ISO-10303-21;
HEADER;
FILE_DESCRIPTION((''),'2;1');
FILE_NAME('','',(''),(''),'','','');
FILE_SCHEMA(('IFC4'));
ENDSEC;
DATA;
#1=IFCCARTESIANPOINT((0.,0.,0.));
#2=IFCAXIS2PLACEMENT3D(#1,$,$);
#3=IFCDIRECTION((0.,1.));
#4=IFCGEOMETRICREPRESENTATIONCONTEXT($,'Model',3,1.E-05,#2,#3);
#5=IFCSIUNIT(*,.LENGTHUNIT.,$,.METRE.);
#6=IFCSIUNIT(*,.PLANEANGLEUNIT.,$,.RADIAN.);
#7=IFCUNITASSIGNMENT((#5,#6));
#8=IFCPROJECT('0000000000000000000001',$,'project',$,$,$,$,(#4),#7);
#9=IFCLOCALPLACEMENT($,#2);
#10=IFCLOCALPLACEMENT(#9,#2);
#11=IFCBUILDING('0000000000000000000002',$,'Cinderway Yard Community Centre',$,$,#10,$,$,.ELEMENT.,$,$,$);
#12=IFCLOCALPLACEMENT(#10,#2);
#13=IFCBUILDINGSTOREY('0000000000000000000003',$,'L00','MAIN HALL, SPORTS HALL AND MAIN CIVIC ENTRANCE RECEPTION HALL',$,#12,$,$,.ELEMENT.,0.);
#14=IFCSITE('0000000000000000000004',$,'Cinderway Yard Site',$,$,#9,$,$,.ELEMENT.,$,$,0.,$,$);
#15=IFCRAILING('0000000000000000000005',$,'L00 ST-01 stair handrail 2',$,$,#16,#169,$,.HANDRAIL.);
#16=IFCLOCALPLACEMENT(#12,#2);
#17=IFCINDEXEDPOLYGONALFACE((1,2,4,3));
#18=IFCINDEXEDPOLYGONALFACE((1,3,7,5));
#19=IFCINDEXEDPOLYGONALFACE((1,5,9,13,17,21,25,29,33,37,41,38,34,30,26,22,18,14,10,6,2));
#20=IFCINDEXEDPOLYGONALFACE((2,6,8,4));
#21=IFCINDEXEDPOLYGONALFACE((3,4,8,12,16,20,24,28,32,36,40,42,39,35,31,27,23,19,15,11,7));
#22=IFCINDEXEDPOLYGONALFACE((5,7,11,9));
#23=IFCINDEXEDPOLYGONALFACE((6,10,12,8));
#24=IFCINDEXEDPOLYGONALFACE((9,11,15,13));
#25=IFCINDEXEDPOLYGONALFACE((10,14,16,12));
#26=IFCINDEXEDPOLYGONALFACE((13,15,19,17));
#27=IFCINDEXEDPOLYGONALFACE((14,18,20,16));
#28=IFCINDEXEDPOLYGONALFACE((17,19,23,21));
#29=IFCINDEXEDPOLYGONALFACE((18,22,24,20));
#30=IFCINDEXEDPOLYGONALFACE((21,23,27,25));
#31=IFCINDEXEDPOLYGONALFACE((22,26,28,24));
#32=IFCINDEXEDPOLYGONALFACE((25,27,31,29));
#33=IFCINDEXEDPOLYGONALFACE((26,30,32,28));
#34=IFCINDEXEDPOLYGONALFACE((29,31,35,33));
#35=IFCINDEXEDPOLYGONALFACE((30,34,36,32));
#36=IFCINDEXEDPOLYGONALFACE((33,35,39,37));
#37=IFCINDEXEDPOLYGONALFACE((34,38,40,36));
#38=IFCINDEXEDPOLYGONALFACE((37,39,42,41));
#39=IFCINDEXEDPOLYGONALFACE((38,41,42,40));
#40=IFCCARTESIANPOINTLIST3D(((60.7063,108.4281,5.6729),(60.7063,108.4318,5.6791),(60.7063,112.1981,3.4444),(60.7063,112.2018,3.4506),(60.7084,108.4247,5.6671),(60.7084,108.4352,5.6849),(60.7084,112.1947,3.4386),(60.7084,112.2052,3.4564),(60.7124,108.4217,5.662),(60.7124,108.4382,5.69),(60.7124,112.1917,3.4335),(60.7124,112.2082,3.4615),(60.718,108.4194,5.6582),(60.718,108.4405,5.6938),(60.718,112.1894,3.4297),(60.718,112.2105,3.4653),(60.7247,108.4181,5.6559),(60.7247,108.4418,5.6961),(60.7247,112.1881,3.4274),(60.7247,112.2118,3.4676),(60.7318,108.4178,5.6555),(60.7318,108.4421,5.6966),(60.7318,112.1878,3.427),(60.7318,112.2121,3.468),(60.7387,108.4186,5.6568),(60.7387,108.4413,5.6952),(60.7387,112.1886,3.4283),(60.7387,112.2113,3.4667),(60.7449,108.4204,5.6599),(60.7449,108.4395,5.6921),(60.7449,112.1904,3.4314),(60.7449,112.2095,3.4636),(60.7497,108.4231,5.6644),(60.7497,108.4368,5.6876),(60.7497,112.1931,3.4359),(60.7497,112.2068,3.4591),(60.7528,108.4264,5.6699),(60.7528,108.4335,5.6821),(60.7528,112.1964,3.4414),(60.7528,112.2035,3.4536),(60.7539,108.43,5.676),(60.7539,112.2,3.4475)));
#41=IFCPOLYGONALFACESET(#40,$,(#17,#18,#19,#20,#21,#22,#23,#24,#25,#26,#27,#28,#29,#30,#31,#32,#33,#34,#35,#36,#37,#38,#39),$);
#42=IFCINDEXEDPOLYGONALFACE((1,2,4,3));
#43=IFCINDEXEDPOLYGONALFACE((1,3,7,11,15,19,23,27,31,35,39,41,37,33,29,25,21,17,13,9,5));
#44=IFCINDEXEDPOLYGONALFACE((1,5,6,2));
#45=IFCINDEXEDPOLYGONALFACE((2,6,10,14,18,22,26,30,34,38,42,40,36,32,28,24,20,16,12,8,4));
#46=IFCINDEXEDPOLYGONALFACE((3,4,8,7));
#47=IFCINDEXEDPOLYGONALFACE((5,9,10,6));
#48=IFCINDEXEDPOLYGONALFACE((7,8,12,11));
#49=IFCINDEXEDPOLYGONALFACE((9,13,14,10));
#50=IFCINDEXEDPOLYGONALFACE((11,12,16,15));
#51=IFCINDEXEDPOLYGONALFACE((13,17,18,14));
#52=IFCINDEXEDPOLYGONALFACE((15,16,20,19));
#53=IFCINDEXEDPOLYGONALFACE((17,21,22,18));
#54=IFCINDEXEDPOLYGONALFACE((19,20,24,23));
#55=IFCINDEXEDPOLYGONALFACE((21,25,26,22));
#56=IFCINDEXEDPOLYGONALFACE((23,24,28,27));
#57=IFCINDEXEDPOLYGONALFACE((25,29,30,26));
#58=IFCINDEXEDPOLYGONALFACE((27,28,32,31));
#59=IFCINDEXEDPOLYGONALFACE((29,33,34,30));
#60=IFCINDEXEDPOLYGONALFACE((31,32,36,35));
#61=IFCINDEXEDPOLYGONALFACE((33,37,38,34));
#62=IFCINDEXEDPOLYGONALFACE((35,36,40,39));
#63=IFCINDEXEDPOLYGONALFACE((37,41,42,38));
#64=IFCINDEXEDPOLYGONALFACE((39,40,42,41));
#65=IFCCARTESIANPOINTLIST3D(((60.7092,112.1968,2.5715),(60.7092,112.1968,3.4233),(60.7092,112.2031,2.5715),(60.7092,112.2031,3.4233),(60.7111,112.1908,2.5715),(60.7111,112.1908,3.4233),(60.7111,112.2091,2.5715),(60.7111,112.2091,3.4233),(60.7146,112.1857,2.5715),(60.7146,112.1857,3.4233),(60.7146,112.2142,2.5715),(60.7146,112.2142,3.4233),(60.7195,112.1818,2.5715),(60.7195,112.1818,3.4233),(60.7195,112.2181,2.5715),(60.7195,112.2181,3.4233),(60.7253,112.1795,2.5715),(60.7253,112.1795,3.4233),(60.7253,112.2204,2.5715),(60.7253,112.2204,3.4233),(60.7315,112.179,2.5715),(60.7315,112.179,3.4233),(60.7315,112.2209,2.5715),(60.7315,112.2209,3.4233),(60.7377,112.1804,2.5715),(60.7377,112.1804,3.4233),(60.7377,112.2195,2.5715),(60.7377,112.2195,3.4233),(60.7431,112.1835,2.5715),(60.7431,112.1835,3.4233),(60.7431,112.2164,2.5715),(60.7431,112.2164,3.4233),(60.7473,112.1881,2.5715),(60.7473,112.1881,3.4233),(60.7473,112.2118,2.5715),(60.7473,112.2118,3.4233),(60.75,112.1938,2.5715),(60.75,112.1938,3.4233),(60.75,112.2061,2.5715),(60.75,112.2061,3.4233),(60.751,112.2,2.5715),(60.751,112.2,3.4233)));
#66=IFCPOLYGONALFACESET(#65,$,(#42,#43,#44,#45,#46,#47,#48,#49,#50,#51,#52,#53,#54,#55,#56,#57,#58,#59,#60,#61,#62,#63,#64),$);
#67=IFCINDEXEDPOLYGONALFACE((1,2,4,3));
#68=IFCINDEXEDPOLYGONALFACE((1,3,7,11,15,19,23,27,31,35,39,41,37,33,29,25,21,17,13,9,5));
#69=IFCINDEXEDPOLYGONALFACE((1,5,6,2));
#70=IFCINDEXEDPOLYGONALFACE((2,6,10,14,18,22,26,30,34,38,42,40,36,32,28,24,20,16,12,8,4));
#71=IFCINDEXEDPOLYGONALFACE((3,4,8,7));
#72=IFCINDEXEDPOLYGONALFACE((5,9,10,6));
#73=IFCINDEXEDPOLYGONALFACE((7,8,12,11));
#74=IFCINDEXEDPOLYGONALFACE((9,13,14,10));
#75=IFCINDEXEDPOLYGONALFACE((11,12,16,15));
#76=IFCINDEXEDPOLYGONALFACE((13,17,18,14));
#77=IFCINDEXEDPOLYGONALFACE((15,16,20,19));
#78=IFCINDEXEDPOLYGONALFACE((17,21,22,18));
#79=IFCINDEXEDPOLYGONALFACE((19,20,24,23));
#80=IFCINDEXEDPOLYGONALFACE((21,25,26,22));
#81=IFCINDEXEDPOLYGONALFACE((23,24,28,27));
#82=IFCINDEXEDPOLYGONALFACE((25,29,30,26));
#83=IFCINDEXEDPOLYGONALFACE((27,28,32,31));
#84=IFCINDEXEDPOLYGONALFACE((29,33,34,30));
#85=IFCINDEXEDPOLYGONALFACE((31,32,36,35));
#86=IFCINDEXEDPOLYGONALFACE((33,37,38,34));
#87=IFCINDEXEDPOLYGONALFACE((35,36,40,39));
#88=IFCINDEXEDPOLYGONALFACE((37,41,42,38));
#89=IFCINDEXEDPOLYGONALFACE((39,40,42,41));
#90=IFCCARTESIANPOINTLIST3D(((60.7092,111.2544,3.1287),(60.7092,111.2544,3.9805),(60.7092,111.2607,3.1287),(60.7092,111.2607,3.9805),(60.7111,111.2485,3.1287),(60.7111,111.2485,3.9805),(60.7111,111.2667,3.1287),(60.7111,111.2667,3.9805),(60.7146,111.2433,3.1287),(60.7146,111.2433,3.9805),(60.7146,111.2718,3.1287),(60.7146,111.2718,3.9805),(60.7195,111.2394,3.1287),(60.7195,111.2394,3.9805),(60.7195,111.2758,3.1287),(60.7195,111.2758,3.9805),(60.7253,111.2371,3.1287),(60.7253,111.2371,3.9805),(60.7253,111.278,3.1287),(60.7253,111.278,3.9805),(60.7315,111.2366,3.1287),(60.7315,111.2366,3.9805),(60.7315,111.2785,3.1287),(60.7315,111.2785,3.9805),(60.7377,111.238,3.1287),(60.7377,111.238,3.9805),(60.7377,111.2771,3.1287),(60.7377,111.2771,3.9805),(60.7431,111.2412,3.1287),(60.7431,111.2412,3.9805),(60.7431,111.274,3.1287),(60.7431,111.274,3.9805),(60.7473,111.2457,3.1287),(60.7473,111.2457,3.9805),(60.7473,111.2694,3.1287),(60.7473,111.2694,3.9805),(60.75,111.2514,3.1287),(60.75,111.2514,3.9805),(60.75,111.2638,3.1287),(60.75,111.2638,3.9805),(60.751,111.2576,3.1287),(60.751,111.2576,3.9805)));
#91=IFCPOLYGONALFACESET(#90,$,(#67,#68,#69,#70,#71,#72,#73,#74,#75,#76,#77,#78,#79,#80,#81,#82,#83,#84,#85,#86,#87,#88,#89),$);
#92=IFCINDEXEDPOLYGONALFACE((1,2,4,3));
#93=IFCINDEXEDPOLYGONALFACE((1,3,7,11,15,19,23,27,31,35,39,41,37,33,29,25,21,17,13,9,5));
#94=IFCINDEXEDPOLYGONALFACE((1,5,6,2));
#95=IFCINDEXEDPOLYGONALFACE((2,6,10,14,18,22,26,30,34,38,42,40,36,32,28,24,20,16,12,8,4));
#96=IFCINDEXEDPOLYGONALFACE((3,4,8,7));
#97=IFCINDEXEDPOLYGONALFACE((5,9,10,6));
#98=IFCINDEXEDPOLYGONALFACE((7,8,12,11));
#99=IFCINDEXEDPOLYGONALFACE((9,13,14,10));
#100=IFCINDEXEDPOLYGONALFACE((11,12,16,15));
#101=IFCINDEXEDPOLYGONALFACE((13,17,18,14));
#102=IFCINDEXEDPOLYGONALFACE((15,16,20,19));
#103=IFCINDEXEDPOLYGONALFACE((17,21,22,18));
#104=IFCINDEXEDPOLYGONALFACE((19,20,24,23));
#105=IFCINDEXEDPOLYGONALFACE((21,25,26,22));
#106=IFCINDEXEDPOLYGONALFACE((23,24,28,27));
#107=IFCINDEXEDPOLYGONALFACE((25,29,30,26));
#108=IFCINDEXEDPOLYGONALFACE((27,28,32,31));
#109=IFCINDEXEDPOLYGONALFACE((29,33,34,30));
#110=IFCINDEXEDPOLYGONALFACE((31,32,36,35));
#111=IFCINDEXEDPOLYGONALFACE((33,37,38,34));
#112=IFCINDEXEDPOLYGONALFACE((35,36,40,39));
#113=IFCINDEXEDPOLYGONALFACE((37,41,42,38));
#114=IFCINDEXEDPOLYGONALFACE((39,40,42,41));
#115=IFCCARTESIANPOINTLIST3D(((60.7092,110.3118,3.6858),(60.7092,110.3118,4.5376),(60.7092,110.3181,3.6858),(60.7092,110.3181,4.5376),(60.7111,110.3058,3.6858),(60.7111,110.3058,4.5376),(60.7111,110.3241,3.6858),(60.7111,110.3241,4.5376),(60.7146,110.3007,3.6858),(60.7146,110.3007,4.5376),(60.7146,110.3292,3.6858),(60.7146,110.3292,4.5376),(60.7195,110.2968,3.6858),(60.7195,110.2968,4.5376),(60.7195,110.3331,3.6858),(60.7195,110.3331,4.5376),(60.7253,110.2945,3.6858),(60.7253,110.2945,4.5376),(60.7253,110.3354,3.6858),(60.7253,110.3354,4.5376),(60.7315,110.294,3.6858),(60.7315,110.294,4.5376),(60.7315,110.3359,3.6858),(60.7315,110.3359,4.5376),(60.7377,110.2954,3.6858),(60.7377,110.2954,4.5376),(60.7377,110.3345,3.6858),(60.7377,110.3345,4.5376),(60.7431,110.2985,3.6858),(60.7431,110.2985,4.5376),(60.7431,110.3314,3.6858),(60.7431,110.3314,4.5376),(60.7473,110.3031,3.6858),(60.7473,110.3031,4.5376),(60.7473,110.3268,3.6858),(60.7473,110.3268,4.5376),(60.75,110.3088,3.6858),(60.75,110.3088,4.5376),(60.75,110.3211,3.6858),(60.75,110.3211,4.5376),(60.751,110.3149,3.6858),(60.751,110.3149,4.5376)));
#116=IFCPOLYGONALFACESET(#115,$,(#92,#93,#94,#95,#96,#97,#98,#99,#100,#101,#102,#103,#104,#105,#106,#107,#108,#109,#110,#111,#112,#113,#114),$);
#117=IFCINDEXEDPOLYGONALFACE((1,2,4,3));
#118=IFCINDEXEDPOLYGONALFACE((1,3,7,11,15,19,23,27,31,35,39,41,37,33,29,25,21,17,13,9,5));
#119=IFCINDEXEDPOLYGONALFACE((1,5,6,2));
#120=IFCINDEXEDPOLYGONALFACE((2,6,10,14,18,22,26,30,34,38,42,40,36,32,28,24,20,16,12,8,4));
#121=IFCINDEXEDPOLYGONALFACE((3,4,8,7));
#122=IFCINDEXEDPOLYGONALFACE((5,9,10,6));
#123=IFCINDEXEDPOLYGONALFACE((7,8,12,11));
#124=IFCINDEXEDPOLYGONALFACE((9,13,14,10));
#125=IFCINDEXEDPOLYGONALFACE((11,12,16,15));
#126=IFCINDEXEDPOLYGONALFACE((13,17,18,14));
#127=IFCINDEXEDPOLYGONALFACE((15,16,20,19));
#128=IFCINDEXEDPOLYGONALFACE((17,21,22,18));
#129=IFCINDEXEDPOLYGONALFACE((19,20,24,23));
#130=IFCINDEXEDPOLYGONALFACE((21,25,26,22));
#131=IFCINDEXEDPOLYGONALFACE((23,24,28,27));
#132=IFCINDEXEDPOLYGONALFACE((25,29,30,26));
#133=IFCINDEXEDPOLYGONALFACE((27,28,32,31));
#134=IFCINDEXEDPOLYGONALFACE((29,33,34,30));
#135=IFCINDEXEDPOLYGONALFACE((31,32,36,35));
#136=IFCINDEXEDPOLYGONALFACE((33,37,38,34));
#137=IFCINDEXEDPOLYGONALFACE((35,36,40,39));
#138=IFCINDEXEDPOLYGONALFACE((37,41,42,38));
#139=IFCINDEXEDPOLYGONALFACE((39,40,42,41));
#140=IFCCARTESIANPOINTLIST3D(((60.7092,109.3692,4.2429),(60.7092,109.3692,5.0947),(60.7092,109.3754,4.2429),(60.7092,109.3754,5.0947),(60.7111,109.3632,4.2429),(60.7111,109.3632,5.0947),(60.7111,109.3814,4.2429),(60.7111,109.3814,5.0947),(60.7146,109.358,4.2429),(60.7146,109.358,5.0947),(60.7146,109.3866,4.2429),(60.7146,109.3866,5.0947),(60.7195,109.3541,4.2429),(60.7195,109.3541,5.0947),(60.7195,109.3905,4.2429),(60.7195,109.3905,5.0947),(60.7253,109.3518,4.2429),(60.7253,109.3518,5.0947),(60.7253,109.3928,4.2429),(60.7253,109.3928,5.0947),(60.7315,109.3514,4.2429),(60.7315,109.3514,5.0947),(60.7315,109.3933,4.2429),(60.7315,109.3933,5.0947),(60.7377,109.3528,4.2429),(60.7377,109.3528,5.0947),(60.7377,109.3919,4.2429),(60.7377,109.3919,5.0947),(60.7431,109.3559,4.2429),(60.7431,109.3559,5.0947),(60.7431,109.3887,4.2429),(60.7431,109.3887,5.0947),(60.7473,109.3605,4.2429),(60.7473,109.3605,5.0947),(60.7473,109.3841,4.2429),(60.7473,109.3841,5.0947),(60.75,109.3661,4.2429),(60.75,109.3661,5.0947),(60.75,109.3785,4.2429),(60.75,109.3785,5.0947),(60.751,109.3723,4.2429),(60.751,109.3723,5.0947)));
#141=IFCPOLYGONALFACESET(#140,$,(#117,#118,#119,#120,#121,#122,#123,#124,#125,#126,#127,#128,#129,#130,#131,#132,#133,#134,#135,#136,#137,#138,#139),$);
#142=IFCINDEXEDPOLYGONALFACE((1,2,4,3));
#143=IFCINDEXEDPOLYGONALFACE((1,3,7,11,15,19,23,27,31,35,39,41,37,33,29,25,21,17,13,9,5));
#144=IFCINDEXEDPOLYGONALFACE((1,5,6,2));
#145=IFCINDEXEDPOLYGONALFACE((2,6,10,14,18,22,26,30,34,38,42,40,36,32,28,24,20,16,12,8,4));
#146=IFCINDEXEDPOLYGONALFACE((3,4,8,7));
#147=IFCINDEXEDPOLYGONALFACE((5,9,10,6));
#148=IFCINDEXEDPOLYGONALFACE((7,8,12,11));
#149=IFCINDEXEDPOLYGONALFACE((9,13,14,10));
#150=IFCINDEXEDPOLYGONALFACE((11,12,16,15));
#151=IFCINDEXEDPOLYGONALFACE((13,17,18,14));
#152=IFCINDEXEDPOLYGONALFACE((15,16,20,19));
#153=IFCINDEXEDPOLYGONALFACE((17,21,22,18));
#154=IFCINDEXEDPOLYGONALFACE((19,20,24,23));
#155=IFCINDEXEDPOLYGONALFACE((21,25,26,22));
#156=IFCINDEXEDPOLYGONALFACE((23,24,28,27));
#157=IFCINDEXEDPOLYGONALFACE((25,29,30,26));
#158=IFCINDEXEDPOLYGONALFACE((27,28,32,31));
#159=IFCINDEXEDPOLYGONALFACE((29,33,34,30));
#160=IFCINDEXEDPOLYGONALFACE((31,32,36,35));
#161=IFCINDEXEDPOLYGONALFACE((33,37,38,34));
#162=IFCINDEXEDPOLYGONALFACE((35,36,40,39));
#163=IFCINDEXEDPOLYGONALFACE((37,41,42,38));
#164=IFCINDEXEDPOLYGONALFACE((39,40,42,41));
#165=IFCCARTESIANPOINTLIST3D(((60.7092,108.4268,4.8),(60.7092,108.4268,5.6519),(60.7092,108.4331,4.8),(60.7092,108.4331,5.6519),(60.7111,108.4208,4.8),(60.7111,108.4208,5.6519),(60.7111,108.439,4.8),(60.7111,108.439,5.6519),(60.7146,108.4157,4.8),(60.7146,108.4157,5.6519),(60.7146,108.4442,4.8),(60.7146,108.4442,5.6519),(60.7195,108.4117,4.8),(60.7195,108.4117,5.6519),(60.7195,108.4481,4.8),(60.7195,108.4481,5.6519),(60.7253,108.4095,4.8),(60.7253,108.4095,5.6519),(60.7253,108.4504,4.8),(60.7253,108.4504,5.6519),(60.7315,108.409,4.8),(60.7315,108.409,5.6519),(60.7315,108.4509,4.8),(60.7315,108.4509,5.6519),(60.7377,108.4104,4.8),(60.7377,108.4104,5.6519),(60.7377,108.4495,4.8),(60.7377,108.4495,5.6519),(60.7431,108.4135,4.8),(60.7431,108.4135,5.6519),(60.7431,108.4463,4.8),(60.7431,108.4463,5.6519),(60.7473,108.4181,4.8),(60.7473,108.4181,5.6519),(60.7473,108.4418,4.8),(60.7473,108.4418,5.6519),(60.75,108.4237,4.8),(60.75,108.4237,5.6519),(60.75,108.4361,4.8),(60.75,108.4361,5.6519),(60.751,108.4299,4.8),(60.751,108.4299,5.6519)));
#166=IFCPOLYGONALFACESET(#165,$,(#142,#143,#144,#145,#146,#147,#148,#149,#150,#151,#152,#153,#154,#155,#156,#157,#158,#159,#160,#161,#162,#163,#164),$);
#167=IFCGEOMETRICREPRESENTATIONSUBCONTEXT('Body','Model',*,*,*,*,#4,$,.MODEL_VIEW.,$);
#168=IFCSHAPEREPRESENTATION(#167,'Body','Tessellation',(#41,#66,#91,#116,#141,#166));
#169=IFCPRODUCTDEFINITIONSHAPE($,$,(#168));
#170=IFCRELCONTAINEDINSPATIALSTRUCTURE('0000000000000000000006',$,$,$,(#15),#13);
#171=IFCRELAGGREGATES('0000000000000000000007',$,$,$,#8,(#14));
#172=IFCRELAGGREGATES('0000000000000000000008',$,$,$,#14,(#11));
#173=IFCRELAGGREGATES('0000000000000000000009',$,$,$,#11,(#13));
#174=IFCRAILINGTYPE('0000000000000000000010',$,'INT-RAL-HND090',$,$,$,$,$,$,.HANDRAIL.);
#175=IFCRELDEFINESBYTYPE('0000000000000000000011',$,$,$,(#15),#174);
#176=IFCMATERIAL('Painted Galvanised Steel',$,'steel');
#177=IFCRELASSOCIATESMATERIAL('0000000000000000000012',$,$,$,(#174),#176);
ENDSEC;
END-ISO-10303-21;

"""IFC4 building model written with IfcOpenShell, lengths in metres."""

from ifc_helpers import new_model, si_unit, direction, frame, origin, origin_2d, place, context, subcontext, project, spatial, circle, extrude, material, type_object, element, save


model = new_model("IFC4")

# Units and contexts
model_context = context("Model", 3, precision=1e-05, world=origin(), true_north=direction((0.0, 1.0)))
body_context = subcontext(model_context, "Body", "Model", "MODEL_VIEW")
ifc_project = project(units=[si_unit("LENGTHUNIT", "METRE"), si_unit("PLANEANGLEUNIT", "RADIAN")], contexts=[model_context])

# Site, building, storey
site_placement = place(None, origin())
site = spatial("IfcSite", under=ifc_project, at=site_placement, Name="Cinderway Yard Site", CompositionType="ELEMENT", RefElevation=0.0)
building_placement = place(site_placement, origin())
building = spatial("IfcBuilding", under=site, at=building_placement, Name="Cinderway Yard Community Centre", CompositionType="ELEMENT")
storey_placement = place(building_placement, origin())
storey = spatial("IfcBuildingStorey", under=building, at=storey_placement, Name="L00", Description="MAIN HALL, SPORTS HALL AND MAIN CIVIC ENTRANCE RECEPTION HALL", CompositionType="ELEMENT", Elevation=0.0)

# Railing
ifc_material_1 = material(Name="Painted Galvanised Steel", Category="steel")
railing_type_1 = type_object("IfcRailingType", Name="INT-RAL-HND090", PredefinedType="HANDRAIL", material=ifc_material_1)
railing_1_placement = place(storey_placement, frame((60.73, 112.2, 2.5715)))
element("IfcRailing", 1, at=railing_1_placement, inside=storey, type_object=railing_type_1, Name="L00 ST-01 stair handrail 2", PredefinedType="HANDRAIL", context=body_context, shape_type="SweptSolid", body=[
    extrude(circle(Radius=0.0239, at=origin_2d()), frame((0.0, 0.0, 0.876), z_axis=(0.0, -0.860849, 0.508861), x_axis=(1.0, 0.0, 0.0)), (0.0, 0.0, 1.0), 4.3794),
    extrude(circle(Radius=0.021, at=origin_2d()), origin(), (0.0, 0.0, 1.0), 0.8518),
    extrude(circle(Radius=0.021, at=origin_2d()), frame((0.0, -0.9424, 0.5571)), (0.0, 0.0, 1.0), 0.8518),
    extrude(circle(Radius=0.021, at=origin_2d()), frame((0.0, -1.885, 1.1143)), (0.0, 0.0, 1.0), 0.8518),
    extrude(circle(Radius=0.021, at=origin_2d()), frame((0.0, -2.8276, 1.6714)), (0.0, 0.0, 1.0), 0.8518),
    extrude(circle(Radius=0.021, at=origin_2d()), frame((0.0, -3.77, 2.2285)), (0.0, 0.0, 1.0), 0.8518),
])

save(model, "model.ifc")
